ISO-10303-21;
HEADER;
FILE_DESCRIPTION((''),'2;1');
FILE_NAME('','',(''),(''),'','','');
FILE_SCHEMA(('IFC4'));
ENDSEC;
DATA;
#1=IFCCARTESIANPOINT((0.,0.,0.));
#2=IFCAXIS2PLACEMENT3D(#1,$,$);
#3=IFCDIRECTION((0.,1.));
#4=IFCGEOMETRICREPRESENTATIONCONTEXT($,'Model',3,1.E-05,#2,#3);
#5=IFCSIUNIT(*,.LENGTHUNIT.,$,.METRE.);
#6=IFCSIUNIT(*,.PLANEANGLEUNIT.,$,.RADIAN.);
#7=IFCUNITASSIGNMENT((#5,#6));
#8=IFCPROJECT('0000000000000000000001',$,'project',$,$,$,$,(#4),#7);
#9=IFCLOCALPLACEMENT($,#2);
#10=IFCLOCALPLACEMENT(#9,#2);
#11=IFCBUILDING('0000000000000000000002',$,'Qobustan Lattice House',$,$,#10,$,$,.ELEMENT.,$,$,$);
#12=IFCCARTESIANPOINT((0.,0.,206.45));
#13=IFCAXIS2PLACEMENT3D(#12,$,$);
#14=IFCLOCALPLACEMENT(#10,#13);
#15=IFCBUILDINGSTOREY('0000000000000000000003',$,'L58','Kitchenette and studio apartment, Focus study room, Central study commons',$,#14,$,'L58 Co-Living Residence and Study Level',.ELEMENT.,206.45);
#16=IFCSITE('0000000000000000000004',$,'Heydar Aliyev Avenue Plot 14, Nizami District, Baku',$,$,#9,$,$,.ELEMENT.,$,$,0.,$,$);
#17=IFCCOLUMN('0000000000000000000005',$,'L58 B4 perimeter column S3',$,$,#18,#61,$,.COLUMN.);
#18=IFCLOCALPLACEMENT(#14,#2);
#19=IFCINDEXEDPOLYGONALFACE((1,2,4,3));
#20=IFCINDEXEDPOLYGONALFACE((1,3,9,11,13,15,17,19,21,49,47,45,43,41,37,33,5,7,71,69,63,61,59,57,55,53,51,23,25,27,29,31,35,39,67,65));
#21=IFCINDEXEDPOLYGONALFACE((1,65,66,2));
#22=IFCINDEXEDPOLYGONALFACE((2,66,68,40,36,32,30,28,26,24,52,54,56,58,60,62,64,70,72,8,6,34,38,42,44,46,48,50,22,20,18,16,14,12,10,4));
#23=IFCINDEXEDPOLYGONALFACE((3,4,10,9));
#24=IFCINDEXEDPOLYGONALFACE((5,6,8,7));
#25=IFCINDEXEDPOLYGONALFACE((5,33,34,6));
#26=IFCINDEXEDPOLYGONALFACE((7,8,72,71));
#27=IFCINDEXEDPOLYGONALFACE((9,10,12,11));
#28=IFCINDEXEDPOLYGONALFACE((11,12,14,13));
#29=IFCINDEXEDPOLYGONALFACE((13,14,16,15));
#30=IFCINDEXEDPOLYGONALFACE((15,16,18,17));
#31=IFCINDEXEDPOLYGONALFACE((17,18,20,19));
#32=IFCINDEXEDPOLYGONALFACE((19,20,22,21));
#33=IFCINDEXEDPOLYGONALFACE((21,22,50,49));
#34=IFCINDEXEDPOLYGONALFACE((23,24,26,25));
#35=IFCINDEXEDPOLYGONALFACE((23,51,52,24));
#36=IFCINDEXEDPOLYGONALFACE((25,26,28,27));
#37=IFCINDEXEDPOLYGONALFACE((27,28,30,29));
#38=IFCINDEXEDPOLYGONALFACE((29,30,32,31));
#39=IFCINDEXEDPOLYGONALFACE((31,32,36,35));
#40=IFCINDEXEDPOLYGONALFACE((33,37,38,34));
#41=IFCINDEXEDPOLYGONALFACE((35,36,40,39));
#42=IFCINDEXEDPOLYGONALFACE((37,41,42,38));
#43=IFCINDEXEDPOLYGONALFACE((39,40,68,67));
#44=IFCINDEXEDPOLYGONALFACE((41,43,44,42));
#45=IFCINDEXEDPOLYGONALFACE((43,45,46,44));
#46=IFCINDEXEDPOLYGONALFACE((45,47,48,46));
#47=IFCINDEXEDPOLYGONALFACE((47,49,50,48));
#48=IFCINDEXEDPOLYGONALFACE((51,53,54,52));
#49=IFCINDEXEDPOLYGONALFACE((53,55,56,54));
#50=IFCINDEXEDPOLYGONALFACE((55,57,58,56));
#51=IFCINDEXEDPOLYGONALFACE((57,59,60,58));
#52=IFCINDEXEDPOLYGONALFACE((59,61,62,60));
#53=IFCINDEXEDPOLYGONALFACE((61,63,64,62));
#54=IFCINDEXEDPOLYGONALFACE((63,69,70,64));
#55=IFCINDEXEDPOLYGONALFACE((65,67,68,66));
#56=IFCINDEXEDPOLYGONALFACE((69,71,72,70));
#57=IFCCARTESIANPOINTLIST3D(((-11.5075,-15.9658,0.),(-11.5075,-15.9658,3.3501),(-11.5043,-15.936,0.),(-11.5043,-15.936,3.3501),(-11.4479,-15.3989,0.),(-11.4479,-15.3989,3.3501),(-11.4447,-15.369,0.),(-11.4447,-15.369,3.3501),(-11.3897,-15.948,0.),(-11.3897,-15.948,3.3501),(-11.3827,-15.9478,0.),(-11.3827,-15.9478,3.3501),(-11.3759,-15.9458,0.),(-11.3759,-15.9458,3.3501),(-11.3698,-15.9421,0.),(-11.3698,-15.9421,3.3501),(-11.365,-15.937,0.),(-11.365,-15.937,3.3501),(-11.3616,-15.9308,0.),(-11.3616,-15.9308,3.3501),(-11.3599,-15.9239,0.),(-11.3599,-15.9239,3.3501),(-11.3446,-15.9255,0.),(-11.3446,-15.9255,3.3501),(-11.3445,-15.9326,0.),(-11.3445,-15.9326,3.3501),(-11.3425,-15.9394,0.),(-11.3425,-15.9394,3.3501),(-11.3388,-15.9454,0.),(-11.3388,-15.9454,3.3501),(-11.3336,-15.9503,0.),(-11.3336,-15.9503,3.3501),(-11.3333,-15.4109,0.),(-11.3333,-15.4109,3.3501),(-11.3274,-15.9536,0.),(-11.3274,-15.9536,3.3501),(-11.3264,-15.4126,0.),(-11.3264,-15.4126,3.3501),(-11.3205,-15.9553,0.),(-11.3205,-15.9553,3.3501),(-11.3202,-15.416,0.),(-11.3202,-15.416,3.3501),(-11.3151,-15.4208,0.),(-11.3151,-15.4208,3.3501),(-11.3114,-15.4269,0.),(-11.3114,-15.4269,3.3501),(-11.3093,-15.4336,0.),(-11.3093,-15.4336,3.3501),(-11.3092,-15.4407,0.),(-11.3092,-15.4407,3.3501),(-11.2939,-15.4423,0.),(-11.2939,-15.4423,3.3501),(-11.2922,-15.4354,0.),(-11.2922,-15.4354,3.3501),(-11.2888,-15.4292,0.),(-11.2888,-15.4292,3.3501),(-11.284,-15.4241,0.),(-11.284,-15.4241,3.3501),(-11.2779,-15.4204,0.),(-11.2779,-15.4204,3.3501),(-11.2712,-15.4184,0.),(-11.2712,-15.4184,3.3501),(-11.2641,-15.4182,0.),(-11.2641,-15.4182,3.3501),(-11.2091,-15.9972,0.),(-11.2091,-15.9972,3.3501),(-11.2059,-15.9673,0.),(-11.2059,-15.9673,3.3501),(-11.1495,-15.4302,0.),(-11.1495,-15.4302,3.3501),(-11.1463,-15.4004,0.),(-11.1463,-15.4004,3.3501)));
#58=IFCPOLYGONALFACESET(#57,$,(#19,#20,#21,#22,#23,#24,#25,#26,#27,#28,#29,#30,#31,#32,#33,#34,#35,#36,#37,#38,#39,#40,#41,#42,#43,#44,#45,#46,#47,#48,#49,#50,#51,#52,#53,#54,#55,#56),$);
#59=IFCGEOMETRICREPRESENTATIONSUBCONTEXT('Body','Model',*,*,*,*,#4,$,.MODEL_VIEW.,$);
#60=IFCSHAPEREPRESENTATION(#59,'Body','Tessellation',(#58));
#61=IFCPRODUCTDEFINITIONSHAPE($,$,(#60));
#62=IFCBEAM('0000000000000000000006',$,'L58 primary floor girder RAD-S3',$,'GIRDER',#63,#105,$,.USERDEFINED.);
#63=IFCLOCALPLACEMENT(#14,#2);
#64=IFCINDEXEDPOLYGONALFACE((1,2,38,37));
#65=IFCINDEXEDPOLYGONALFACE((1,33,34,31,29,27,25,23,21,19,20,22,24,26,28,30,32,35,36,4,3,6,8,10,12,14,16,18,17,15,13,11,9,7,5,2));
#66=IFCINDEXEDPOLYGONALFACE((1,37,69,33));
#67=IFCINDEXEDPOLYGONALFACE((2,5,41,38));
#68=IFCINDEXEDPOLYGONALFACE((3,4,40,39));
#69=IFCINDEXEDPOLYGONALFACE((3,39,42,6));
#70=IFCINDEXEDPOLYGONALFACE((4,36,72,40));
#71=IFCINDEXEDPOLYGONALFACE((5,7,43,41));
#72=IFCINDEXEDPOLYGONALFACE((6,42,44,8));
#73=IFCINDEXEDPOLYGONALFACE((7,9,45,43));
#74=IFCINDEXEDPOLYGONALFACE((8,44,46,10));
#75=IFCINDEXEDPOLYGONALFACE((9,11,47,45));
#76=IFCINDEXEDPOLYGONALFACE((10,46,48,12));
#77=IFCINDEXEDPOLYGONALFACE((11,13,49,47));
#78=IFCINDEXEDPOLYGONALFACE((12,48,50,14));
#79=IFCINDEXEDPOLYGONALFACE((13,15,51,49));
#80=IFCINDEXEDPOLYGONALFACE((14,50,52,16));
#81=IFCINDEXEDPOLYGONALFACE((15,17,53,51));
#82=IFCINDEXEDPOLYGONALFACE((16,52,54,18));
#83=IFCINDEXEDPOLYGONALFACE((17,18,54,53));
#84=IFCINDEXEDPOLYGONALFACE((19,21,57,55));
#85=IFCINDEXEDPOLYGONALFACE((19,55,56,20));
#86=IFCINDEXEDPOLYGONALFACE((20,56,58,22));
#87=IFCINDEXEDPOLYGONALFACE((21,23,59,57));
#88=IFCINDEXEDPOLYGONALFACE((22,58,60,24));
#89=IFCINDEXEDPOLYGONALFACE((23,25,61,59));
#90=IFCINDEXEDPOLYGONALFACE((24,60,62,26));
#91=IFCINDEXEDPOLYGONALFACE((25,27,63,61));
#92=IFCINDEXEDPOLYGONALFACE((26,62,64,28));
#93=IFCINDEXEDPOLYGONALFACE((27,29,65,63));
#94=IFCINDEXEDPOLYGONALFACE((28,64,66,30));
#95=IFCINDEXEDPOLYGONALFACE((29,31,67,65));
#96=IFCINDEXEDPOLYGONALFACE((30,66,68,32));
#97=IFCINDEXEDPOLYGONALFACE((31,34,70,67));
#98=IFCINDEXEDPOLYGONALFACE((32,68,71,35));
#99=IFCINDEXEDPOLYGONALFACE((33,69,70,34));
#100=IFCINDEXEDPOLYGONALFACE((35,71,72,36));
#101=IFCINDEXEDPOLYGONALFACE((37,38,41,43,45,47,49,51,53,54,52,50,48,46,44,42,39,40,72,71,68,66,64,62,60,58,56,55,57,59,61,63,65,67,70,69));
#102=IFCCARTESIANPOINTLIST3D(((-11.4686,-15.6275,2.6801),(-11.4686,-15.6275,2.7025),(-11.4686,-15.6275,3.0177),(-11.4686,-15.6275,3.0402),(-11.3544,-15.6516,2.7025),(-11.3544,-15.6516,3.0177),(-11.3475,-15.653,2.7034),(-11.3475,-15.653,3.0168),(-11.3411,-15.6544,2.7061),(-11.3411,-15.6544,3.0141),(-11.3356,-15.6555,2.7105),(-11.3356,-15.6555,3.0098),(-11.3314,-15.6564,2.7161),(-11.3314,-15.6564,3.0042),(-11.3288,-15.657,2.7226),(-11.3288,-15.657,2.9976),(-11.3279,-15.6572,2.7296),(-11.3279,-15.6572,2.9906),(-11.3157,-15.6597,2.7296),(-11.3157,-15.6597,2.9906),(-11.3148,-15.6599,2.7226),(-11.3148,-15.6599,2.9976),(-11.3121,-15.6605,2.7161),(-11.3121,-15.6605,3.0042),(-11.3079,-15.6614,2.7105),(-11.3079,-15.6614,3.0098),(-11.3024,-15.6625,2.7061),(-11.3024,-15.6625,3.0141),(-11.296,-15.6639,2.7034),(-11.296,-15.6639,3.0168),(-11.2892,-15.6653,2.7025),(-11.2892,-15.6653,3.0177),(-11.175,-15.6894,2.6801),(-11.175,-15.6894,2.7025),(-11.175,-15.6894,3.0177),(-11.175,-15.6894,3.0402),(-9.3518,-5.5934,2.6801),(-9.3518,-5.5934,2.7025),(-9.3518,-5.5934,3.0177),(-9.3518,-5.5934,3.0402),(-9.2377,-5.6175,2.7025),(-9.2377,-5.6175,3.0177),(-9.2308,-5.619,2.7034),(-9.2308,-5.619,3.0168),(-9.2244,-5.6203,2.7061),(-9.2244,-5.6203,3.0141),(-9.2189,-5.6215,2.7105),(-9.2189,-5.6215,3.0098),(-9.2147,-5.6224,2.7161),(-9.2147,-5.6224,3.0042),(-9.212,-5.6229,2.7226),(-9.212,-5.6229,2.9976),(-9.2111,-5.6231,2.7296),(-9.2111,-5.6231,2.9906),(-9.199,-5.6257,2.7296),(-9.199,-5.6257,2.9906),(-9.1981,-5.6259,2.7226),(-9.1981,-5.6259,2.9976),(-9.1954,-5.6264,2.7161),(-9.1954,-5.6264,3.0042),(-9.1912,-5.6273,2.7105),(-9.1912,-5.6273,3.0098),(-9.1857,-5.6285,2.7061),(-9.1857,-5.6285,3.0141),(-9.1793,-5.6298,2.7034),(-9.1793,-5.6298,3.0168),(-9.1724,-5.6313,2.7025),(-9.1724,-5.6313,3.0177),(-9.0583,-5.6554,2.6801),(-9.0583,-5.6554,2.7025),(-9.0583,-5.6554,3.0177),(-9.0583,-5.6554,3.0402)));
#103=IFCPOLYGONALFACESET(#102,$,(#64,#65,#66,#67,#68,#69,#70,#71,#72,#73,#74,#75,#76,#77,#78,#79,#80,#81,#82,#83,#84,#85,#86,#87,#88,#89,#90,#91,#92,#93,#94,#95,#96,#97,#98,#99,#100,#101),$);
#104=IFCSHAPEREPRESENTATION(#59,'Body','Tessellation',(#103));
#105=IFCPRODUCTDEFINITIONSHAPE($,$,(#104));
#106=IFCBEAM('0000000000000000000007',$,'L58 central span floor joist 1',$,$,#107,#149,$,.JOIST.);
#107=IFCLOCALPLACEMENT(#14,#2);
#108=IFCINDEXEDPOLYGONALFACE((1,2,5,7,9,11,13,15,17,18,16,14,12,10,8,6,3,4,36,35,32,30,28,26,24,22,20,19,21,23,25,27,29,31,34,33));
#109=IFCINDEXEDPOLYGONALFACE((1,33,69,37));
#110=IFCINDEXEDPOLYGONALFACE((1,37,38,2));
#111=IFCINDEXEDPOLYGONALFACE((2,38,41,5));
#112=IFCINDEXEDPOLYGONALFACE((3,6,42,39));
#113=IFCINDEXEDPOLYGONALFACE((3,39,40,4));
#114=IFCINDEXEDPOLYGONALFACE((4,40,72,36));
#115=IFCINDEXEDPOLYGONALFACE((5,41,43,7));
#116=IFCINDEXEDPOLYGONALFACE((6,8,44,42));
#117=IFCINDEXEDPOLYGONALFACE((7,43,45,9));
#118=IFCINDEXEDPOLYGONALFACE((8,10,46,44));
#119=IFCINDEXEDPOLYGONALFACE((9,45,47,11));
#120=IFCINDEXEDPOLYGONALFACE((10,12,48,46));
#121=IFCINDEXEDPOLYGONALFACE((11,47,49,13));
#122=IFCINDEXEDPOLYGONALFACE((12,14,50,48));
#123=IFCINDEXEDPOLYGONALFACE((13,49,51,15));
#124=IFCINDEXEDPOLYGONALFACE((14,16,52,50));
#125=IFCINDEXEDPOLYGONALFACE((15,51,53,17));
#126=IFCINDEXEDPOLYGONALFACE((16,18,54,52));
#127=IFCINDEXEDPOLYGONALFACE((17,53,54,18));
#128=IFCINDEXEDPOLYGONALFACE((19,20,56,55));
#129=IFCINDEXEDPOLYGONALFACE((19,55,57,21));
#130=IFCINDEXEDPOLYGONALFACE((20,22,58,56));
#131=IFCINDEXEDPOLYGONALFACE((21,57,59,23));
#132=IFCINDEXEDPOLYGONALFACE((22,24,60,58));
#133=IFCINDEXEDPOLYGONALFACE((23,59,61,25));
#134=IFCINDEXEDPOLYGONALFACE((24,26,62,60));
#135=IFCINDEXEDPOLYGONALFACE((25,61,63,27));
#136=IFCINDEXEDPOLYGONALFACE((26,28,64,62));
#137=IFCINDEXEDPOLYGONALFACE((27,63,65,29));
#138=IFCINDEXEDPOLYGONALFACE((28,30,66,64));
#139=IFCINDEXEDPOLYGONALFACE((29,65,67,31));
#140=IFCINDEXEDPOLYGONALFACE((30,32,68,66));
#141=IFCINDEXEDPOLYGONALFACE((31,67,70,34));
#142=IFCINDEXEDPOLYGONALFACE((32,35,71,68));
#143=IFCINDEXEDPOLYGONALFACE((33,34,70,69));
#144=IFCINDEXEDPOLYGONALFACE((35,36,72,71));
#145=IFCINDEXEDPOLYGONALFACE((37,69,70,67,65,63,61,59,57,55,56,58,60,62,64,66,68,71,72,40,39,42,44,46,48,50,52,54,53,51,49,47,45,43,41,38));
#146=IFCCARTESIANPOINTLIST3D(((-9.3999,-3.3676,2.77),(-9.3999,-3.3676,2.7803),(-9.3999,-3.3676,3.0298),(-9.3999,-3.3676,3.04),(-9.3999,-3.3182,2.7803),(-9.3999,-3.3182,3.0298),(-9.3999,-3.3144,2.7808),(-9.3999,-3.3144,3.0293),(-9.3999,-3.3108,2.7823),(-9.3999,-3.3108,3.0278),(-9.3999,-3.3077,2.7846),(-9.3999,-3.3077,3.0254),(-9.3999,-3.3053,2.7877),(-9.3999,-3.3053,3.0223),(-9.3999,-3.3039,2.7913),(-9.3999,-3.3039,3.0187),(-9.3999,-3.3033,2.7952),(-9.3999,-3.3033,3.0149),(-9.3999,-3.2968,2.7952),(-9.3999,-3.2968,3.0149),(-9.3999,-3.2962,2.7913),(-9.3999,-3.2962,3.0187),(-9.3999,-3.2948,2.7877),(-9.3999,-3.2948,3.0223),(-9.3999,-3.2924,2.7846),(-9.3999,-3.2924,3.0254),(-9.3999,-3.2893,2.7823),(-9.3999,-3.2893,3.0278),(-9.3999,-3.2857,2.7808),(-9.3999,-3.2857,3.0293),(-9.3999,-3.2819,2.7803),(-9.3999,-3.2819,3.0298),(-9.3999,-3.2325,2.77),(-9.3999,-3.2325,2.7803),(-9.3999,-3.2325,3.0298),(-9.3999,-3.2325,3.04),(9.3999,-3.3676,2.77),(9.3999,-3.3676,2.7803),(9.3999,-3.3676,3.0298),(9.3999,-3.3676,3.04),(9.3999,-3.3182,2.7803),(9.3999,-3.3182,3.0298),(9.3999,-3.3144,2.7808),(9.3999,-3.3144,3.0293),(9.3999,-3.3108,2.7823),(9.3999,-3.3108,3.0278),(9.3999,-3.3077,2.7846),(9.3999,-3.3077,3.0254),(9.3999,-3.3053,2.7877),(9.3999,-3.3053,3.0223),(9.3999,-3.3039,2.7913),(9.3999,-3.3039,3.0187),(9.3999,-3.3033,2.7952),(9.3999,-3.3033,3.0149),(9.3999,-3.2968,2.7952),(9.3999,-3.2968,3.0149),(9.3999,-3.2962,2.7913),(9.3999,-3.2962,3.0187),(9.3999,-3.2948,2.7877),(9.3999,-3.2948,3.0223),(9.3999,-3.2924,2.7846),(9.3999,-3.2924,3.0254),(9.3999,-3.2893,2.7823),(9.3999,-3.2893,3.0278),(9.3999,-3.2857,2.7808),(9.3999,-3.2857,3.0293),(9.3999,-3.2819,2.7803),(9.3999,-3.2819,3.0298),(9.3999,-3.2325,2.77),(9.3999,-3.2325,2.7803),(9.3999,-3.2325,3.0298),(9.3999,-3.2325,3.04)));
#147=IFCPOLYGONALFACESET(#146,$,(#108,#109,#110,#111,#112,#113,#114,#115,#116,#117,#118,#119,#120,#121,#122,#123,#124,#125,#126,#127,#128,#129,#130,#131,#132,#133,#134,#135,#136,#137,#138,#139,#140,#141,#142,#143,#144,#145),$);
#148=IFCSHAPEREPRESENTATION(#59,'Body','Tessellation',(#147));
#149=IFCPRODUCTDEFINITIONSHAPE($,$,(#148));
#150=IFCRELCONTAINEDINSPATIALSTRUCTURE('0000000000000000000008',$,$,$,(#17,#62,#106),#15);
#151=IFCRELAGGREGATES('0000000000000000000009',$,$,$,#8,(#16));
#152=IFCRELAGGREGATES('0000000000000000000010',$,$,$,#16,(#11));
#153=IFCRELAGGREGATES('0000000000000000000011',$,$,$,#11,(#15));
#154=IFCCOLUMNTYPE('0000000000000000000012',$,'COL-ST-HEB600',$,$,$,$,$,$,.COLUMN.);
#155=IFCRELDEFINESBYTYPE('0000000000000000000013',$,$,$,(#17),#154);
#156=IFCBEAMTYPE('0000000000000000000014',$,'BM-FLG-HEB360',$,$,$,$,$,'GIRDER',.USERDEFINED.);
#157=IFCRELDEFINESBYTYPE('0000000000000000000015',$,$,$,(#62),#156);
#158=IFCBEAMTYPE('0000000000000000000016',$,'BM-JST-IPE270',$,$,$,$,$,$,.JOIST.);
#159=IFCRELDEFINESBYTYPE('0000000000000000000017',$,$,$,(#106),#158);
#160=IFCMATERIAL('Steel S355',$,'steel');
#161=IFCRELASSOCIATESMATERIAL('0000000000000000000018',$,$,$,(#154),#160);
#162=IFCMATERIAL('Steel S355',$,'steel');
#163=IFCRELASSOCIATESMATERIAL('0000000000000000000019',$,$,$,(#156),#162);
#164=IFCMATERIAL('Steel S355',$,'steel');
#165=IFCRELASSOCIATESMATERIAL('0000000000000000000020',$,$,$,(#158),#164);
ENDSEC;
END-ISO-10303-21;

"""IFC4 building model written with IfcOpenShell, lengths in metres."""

from ifc_helpers import new_model, si_unit, direction, frame, origin, origin_2d, place, context, subcontext, project, spatial, i_section, extrude, material, material_profile, profile_set, type_object, element, save


model = new_model("IFC4")

# Units and contexts
model_context = context("Model", 3, precision=1e-05, world=origin(), true_north=direction((0.0, 1.0)))
body_context = subcontext(model_context, "Body", "Model", "MODEL_VIEW")
ifc_project = project(units=[si_unit("LENGTHUNIT", "METRE"), si_unit("PLANEANGLEUNIT", "RADIAN")], contexts=[model_context])

# Site, building, storey
site_placement = place(None, origin())
site = spatial("IfcSite", under=ifc_project, at=site_placement, Name="Heydar Aliyev Avenue Plot 14, Nizami District, Baku", CompositionType="ELEMENT", RefElevation=0.0)
building_placement = place(site_placement, origin())
building = spatial("IfcBuilding", under=site, at=building_placement, Name="Qobustan Lattice House", CompositionType="ELEMENT")
storey_placement = place(building_placement, frame((0.0, 0.0, 206.45)))
storey = spatial("IfcBuildingStorey", under=building, at=storey_placement, Name="L58", Description="Kitchenette and studio apartment, Focus study room, Central study commons", LongName="L58 Co-Living Residence and Study Level", CompositionType="ELEMENT", Elevation=206.45)

# Column
ifc_material_1 = material(Name="Steel S355", Category="steel")
ifc_material_profile_1 = material_profile(ifc_material_1, i_section(OverallWidth=0.3, OverallDepth=0.6001, WebThickness=0.0154, FlangeThickness=0.03, FilletRadius=0.0271, at=origin_2d()), Name="HEB600")
ifc_profile_set_1 = profile_set([ifc_material_profile_1], Name="Steel S355")
column_type = type_object("IfcColumnType", Name="COL-ST-HEB600", PredefinedType="COLUMN", material=ifc_profile_set_1)
column_placement = place(storey_placement, frame((-11.3269, -15.6831, 0.0), z_axis=(0.0, 0.0, 1.0), x_axis=(0.994522, -0.104528, 0.0)))
element("IfcColumn", 1, at=column_placement, inside=storey, type_object=column_type, Name="L58 B4 perimeter column S3", PredefinedType="COLUMN", context=body_context, shape_type="SweptSolid", body=[
    extrude(i_section(OverallWidth=0.3, OverallDepth=0.6001, WebThickness=0.0154, FlangeThickness=0.03, FilletRadius=0.0271, at=origin_2d()), origin(), (0.0, 0.0, 1.0), 3.3501),
])

# Beams
ifc_material_2 = material(Name="Steel S355", Category="steel")
ifc_material_profile_2 = material_profile(ifc_material_2, i_section(OverallWidth=0.3, OverallDepth=0.3601, WebThickness=0.0125, FlangeThickness=0.0225, FilletRadius=0.0271, at=origin_2d()), Name="HEB360")
ifc_profile_set_2 = profile_set([ifc_material_profile_2], Name="Steel S355")
beam_type_1 = type_object("IfcBeamType", Name="BM-FLG-HEB360", ElementType="GIRDER", PredefinedType="USERDEFINED", material=ifc_profile_set_2)
beam_1_placement = place(storey_placement, frame((-11.3218, -15.6584, 2.8601), z_axis=(0.206411, 0.978465, 0.0), x_axis=(-0.978465, 0.206411, 0.0)))
element("IfcBeam", 2, at=beam_1_placement, inside=storey, type_object=beam_type_1, Name="L58 primary floor girder RAD-S3", ObjectType="GIRDER", PredefinedType="USERDEFINED", context=body_context, shape_type="SweptSolid", body=[
    extrude(i_section(OverallWidth=0.3, OverallDepth=0.3601, WebThickness=0.0125, FlangeThickness=0.0225, FilletRadius=0.0271, at=origin_2d()), origin(), (0.0, 0.0, 1.0), 10.2549),
])
ifc_material_3 = material(Name="Steel S355", Category="steel")
ifc_material_profile_3 = material_profile(ifc_material_3, i_section(OverallWidth=0.135, OverallDepth=0.27, WebThickness=0.0066, FlangeThickness=0.0103, FilletRadius=0.0149, at=origin_2d()), Name="IPE270")
ifc_profile_set_3 = profile_set([ifc_material_profile_3], Name="Steel S355")
beam_type_2 = type_object("IfcBeamType", Name="BM-JST-IPE270", PredefinedType="JOIST", material=ifc_profile_set_3)
beam_2_placement = place(storey_placement, frame((-9.3999, -3.3, 2.905), z_axis=(1.0, 0.0, 0.0), x_axis=(0.0, 1.0, 0.0)))
element("IfcBeam", 3, at=beam_2_placement, inside=storey, type_object=beam_type_2, Name="L58 central span floor joist 1", PredefinedType="JOIST", context=body_context, shape_type="SweptSolid", body=[
    extrude(i_section(OverallWidth=0.135, OverallDepth=0.27, WebThickness=0.0066, FlangeThickness=0.0103, FilletRadius=0.0149, at=origin_2d()), origin(), (0.0, 0.0, 1.0), 18.7998),
])

save(model, "model.ifc")
